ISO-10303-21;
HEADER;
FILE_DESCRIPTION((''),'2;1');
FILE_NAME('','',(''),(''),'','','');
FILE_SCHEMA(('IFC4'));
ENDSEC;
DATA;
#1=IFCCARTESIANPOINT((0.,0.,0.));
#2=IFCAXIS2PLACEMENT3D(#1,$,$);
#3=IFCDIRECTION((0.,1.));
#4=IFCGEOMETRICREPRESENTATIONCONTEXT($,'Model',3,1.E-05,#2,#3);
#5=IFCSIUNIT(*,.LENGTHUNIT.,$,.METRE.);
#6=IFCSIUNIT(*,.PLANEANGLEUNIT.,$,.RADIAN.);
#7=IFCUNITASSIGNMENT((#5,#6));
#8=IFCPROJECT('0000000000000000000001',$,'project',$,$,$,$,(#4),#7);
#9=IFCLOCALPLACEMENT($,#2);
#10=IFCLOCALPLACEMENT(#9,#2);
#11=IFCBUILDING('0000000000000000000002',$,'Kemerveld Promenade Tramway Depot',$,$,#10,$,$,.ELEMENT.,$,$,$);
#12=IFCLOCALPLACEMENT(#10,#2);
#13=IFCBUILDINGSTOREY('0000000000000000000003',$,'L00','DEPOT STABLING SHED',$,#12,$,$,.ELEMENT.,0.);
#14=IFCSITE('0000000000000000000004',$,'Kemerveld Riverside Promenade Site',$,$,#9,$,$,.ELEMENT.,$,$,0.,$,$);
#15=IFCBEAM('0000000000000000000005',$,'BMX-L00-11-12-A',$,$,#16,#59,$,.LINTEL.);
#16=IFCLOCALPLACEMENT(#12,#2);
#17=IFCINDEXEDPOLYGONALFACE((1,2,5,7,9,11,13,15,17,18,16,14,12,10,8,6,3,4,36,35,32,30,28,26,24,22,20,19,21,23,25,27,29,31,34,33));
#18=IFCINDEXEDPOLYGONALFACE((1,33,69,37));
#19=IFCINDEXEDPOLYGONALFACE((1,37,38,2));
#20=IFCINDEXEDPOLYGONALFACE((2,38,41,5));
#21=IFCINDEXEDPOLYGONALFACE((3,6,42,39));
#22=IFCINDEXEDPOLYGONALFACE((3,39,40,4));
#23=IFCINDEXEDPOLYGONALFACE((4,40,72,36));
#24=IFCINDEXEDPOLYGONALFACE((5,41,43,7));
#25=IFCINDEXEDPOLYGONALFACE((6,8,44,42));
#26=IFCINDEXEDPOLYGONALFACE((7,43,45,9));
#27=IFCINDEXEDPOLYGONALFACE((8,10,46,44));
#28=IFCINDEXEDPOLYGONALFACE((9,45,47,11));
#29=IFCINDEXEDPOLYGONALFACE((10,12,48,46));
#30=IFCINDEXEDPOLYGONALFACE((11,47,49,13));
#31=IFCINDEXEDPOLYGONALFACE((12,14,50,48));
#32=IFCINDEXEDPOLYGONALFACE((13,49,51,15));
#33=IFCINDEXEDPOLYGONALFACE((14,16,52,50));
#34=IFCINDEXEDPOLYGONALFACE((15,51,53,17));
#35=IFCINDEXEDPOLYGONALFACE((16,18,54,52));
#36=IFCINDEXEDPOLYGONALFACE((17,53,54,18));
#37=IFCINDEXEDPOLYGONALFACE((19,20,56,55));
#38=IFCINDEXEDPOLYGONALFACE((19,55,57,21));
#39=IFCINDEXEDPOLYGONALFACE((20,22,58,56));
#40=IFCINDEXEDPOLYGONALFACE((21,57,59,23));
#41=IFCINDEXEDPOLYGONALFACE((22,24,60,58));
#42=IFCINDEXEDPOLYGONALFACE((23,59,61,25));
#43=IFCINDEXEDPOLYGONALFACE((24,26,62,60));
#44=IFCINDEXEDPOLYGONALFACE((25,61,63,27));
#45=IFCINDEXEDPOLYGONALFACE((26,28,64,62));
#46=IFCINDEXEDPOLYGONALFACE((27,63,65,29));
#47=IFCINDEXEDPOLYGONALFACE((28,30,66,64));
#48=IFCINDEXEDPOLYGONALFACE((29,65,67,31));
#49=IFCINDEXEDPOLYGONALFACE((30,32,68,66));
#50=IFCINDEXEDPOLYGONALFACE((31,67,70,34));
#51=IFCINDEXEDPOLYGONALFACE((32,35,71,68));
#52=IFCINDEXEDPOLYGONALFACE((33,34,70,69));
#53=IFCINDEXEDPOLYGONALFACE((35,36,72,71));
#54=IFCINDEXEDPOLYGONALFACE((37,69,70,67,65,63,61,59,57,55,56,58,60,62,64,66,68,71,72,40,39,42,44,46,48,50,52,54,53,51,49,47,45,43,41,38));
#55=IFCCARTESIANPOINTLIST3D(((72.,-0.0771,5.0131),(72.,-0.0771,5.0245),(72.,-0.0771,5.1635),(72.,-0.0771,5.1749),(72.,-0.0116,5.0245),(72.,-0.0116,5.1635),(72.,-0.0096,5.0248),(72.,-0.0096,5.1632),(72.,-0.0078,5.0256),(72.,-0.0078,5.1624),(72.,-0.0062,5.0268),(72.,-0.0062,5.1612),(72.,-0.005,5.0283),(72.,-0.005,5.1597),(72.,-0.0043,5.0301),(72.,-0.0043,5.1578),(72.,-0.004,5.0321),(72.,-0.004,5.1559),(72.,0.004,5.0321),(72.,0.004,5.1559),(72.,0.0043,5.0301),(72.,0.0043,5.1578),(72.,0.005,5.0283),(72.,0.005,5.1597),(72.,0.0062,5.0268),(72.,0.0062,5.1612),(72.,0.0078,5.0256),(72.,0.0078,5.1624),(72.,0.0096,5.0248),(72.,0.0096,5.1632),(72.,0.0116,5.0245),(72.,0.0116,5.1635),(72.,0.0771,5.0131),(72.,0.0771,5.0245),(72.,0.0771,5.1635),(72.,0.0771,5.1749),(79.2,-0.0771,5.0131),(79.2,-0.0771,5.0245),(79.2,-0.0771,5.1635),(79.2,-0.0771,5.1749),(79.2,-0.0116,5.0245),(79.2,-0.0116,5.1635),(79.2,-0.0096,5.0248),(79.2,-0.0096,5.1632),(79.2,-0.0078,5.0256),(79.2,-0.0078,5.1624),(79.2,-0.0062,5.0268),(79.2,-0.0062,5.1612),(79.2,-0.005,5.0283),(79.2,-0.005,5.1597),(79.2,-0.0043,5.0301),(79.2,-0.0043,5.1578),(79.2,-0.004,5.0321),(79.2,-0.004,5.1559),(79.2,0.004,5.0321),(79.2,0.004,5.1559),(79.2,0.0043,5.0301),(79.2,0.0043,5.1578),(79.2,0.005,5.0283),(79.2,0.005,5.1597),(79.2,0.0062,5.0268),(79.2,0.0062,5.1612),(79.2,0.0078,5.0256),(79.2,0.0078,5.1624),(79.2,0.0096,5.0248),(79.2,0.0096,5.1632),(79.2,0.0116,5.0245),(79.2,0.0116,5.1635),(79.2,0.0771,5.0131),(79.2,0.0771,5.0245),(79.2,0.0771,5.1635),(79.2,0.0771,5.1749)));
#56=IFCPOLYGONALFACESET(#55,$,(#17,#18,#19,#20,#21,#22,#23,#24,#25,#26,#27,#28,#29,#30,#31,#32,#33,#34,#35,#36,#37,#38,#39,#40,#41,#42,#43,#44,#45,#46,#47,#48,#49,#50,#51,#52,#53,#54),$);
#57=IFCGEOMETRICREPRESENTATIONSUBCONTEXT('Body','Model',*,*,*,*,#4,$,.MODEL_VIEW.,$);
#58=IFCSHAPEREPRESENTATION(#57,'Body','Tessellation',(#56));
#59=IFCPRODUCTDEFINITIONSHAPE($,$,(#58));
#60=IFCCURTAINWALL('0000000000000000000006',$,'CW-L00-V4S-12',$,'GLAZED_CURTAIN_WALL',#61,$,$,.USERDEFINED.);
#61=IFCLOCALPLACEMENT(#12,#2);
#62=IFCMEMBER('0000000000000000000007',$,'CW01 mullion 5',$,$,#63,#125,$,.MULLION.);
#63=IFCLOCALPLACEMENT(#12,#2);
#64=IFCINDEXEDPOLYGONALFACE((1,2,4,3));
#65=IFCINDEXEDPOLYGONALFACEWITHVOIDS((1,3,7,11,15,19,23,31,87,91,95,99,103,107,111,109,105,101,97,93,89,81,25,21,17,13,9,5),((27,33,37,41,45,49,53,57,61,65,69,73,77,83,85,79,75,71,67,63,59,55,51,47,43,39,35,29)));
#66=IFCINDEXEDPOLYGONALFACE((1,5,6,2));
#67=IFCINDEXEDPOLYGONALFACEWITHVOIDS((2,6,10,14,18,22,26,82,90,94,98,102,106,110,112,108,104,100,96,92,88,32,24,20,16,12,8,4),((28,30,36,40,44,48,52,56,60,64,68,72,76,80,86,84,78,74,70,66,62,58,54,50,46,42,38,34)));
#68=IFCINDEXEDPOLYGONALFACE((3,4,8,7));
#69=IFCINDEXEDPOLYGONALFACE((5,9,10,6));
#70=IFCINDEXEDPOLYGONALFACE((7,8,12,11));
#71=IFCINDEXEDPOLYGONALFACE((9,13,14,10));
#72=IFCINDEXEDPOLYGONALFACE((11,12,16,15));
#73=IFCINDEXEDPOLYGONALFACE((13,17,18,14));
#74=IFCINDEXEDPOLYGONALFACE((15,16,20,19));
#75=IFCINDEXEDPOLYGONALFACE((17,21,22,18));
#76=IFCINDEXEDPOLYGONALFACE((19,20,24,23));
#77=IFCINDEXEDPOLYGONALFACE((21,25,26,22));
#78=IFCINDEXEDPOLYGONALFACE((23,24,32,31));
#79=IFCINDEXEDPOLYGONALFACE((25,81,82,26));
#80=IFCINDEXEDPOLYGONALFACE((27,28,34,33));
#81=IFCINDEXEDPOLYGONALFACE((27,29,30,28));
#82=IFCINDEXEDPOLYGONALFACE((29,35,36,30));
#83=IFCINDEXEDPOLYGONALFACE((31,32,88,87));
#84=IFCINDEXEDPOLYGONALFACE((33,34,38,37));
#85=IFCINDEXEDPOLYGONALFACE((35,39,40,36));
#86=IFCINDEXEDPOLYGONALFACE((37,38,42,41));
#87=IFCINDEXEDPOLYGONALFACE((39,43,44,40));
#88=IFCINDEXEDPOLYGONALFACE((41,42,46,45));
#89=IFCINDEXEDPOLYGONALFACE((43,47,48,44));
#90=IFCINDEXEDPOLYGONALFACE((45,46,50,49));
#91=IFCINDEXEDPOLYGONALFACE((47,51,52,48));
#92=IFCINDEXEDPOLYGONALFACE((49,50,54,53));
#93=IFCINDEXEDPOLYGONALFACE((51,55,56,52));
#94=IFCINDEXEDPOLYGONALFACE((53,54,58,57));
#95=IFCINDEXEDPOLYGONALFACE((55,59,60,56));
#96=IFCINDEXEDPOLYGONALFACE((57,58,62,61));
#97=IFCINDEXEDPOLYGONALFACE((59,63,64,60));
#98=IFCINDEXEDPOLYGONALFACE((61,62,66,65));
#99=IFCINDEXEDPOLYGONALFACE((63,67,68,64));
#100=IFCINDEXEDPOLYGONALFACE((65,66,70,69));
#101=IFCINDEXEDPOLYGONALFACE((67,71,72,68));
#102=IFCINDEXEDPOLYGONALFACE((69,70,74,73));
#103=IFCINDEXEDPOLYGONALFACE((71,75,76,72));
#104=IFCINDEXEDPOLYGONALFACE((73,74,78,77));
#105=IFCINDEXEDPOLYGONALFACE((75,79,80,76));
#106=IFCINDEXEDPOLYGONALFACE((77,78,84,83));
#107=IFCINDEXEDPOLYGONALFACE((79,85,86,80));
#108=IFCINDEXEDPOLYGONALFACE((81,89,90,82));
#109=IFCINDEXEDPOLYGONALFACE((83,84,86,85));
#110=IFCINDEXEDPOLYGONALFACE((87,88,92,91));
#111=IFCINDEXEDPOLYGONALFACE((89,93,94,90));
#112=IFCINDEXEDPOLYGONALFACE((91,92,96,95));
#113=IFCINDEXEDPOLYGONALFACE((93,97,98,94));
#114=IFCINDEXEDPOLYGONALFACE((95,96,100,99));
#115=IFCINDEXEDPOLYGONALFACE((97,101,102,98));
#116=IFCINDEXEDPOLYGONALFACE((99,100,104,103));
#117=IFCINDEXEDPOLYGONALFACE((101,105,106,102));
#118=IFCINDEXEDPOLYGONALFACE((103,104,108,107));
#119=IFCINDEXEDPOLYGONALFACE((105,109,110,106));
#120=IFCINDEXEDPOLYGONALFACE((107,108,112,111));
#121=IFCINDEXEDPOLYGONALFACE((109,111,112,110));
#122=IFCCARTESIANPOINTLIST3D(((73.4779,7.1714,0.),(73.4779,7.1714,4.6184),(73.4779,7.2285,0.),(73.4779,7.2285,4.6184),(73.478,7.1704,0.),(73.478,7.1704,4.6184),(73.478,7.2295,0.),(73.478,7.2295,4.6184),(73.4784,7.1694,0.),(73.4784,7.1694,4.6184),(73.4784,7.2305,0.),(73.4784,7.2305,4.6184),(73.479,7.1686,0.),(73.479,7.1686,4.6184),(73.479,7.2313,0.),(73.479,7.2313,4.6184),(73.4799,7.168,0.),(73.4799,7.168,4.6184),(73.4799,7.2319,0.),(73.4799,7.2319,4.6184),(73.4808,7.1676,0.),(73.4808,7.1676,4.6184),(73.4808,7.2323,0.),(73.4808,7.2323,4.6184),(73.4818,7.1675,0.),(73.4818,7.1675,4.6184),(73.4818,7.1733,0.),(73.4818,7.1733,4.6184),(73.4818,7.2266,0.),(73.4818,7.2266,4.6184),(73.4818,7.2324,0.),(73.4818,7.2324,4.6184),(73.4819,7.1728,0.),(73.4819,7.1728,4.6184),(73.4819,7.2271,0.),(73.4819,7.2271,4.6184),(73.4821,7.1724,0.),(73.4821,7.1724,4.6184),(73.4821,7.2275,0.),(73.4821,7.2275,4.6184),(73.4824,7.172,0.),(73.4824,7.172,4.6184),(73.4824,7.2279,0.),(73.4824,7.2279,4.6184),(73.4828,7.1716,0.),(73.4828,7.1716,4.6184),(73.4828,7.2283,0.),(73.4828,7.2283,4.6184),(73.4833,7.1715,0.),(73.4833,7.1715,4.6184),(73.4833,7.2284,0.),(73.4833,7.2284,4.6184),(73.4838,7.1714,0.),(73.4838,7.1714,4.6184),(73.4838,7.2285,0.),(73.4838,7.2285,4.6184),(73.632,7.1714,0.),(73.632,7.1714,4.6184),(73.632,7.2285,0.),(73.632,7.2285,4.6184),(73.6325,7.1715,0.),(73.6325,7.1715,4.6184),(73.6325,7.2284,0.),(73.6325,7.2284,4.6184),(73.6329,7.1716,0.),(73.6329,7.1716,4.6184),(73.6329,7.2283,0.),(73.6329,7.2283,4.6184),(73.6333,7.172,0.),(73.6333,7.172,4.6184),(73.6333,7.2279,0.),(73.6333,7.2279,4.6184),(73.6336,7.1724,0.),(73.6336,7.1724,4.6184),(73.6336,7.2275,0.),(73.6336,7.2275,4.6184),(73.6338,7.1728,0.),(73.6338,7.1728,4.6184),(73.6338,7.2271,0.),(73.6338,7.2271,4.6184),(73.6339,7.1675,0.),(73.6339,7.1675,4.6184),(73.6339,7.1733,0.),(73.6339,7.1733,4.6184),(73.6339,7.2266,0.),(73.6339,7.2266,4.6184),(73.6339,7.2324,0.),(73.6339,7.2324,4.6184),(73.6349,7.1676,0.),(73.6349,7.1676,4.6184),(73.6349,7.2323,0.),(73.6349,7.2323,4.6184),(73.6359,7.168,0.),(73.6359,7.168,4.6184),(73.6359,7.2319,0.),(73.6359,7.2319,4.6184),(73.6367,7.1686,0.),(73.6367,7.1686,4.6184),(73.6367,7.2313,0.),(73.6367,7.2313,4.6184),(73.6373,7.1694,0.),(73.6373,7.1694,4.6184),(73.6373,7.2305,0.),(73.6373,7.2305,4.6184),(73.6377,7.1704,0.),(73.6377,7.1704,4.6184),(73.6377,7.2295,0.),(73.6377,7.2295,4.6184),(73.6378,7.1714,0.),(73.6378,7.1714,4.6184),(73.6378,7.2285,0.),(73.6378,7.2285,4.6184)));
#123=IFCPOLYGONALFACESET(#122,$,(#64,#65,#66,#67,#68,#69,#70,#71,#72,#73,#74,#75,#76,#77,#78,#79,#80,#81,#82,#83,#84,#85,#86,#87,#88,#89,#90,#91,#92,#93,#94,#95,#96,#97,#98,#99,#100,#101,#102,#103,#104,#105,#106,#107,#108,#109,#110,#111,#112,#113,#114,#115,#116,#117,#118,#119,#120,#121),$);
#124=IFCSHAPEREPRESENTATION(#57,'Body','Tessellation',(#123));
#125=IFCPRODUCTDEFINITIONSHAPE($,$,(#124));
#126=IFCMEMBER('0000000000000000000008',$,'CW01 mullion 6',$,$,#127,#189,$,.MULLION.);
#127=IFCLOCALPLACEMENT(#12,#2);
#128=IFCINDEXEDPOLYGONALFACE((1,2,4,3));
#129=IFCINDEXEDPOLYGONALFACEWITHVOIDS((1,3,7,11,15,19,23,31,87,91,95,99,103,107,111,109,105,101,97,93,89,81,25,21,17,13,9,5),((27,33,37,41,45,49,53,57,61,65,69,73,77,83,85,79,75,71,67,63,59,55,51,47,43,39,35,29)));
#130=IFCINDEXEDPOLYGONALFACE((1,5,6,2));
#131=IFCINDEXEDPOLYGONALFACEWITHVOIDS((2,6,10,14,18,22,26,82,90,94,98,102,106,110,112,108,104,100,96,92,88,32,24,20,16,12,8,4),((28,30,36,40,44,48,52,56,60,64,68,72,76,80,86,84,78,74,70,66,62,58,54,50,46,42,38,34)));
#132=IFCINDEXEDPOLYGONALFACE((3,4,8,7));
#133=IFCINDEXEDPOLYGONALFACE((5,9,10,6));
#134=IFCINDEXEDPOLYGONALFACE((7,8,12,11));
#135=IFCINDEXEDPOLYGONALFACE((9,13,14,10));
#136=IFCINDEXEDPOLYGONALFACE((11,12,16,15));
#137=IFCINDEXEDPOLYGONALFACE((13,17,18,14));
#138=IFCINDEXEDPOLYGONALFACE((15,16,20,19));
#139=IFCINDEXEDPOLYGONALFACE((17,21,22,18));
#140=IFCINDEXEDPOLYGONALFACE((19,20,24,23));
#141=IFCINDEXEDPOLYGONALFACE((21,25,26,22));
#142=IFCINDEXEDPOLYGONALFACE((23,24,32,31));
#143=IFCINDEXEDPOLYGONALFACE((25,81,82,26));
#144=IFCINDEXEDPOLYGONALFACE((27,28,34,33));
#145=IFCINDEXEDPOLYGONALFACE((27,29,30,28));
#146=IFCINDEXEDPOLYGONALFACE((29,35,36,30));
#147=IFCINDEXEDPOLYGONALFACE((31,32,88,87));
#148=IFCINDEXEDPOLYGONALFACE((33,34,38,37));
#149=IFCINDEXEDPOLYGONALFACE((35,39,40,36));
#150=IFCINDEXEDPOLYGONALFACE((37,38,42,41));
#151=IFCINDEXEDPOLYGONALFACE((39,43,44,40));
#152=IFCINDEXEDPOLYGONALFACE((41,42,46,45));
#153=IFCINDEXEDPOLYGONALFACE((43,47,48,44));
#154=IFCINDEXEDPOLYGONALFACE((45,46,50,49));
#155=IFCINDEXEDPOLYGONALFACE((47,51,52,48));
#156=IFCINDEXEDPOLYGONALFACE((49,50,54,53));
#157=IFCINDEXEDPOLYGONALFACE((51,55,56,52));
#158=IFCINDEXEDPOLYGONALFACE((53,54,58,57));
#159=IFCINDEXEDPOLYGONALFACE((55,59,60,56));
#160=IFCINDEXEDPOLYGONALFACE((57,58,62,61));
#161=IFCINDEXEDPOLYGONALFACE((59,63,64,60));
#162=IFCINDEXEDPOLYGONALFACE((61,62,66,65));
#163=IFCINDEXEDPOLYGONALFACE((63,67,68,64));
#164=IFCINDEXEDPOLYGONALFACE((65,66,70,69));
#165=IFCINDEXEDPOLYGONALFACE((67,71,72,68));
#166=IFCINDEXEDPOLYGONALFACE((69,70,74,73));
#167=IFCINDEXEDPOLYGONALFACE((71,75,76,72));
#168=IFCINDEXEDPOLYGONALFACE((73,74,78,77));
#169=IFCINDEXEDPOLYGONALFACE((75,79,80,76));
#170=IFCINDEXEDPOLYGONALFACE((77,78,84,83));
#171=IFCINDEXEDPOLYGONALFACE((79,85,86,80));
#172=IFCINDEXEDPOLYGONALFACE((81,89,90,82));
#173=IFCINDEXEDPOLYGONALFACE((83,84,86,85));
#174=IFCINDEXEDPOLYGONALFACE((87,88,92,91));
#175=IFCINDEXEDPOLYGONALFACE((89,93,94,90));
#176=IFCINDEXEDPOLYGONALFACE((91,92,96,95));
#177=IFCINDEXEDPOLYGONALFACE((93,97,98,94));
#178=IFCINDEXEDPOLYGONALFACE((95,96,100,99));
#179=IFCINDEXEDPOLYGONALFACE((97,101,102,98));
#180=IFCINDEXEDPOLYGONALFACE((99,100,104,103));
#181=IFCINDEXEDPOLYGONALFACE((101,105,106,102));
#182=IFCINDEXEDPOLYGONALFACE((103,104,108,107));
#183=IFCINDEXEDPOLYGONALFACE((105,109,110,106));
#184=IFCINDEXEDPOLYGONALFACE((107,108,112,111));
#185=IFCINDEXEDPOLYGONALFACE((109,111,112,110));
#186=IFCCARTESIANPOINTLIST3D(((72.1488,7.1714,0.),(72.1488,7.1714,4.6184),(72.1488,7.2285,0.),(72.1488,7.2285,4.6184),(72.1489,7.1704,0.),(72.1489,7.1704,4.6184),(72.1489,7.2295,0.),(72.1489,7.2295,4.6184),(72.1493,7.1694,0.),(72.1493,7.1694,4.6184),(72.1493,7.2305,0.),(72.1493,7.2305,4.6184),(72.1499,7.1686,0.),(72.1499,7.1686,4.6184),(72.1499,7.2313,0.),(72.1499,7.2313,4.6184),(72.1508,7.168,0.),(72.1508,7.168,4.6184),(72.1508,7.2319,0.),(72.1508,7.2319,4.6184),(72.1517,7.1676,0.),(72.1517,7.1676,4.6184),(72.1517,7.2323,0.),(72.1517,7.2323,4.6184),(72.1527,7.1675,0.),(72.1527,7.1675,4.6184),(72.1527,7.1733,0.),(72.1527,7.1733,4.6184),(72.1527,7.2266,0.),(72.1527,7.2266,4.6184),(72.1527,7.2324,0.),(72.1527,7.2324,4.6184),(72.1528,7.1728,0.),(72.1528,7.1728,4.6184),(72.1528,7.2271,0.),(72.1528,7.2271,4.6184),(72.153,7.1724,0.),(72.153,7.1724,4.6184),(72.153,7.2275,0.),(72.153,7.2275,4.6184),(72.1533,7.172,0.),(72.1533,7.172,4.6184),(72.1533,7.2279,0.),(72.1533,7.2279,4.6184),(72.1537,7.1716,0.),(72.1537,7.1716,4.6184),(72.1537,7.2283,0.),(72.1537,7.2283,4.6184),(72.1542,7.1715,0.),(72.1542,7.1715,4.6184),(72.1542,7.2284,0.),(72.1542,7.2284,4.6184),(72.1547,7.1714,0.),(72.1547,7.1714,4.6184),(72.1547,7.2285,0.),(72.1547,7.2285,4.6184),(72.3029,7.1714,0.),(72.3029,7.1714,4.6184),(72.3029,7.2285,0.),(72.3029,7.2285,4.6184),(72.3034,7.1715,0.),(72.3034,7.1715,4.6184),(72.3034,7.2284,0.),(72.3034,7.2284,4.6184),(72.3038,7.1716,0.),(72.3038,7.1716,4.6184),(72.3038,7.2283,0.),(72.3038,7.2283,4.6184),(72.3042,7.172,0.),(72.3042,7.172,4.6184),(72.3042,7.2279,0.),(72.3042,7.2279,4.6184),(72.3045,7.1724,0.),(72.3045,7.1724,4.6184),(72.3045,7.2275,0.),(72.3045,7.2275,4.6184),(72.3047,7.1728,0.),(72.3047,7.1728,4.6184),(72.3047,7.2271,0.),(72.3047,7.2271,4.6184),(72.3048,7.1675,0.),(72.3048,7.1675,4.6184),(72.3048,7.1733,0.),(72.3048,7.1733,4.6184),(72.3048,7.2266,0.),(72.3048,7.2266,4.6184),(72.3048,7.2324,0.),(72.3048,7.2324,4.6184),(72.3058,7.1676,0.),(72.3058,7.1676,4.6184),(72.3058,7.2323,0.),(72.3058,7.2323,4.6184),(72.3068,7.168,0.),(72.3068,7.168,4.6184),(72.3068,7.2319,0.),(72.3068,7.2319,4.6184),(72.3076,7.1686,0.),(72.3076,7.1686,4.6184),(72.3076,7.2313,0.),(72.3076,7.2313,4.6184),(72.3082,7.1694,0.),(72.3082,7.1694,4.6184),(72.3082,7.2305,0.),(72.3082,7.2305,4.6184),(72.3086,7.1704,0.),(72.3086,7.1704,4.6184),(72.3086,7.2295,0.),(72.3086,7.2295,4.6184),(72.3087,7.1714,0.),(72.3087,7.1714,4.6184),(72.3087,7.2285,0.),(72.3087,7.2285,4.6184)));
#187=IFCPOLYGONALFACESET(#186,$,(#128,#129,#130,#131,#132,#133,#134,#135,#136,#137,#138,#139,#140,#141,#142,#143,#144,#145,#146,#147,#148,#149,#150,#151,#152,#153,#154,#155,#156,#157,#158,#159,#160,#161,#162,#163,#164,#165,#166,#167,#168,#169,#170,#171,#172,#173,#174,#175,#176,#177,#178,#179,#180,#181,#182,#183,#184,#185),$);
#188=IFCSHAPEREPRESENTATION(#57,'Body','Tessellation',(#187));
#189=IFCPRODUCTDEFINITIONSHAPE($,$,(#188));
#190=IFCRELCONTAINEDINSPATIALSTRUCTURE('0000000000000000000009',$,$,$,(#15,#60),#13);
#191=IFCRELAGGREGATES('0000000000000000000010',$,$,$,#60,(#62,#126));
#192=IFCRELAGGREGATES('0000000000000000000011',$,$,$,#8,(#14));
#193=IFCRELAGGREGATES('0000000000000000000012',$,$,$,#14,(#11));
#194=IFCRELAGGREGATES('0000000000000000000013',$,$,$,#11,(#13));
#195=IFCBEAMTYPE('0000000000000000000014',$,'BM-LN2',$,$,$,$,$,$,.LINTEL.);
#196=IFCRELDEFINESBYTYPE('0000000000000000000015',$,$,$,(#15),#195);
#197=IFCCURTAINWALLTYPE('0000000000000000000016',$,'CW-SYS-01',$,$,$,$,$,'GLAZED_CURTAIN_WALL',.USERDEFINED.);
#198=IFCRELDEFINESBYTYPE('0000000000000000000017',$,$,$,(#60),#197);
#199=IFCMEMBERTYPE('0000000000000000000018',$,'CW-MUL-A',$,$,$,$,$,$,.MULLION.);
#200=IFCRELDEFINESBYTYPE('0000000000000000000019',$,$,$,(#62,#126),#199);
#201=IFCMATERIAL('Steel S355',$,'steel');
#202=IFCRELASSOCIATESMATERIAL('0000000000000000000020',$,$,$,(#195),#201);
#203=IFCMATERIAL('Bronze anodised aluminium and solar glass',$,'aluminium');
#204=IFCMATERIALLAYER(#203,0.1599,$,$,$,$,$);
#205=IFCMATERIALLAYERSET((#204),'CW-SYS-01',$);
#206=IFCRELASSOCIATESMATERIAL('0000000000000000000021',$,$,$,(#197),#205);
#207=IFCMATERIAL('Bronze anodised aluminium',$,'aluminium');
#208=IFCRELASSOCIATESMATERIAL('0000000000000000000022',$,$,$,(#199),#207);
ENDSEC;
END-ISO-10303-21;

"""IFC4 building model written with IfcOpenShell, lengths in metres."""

from ifc_helpers import new_model, si_unit, direction, frame, origin, origin_2d, place, context, subcontext, project, spatial, hollow_rectangle, i_section, extrude, material, layer, layer_set, material_profile, profile_set, type_object, element, aggregate, save


model = new_model("IFC4")

# Units and contexts
model_context = context("Model", 3, precision=1e-05, world=origin(), true_north=direction((0.0, 1.0)))
body_context = subcontext(model_context, "Body", "Model", "MODEL_VIEW")
ifc_project = project(units=[si_unit("LENGTHUNIT", "METRE"), si_unit("PLANEANGLEUNIT", "RADIAN")], contexts=[model_context])

# Site, building, storey
site_placement = place(None, origin())
site = spatial("IfcSite", under=ifc_project, at=site_placement, Name="Kemerveld Riverside Promenade Site", CompositionType="ELEMENT", RefElevation=0.0)
building_placement = place(site_placement, origin())
building = spatial("IfcBuilding", under=site, at=building_placement, Name="Kemerveld Promenade Tramway Depot", CompositionType="ELEMENT")
storey_placement = place(building_placement, origin())
storey = spatial("IfcBuildingStorey", under=building, at=storey_placement, Name="L00", Description="DEPOT STABLING SHED", CompositionType="ELEMENT", Elevation=0.0)

# Shared definitions
ifc_material_1 = material(Name="Steel S355", Category="steel")

# Beam
ifc_material_profile_1 = material_profile(ifc_material_1, i_section(OverallWidth=0.1543, OverallDepth=0.1619, WebThickness=0.0081, FlangeThickness=0.0115, FilletRadius=0.0076, at=origin_2d()), Name="152x152x37 UC")
ifc_profile_set_1 = profile_set([ifc_material_profile_1], Name="Steel S355")
beam_type_1 = type_object("IfcBeamType", Name="BM-LN2", PredefinedType="LINTEL", material=ifc_profile_set_1)
beam_1_placement = place(storey_placement, frame((72.0, 0.0, 5.094), z_axis=(1.0, 0.0, 0.0), x_axis=(0.0, 1.0, 0.0)))
element("IfcBeam", 1, at=beam_1_placement, inside=storey, type_object=beam_type_1, Name="BMX-L00-11-12-A", PredefinedType="LINTEL", context=body_context, shape_type="SweptSolid", body=[
    extrude(i_section(OverallWidth=0.1543, OverallDepth=0.1619, WebThickness=0.0081, FlangeThickness=0.0115, FilletRadius=0.0076, at=origin_2d()), origin(), (0.0, 0.0, 1.0), 7.2),
])

# Curtain wall, members
ifc_material_2 = material(Name="Bronze anodised aluminium and solar glass", Category="aluminium")
ifc_layer_1 = layer(ifc_material_2, 0.1599)
ifc_layer_set_1 = layer_set([ifc_layer_1], Name="CW-SYS-01")
curtain_wall_type = type_object("IfcCurtainWallType", Name="CW-SYS-01", ElementType="GLAZED_CURTAIN_WALL", PredefinedType="USERDEFINED", material=ifc_layer_set_1)
curtain_wall_placement = place(storey_placement, origin())
curtain_wall = element("IfcCurtainWall", 2, at=curtain_wall_placement, inside=storey, type_object=curtain_wall_type, Name="CW-L00-V4S-12", ObjectType="GLAZED_CURTAIN_WALL", PredefinedType="USERDEFINED")
ifc_material_3 = material(Name="Bronze anodised aluminium", Category="aluminium")
ifc_material_profile_2 = material_profile(ifc_material_3, hollow_rectangle(XDim=0.0649, YDim=0.1599, WallThickness=0.0039, InnerFilletRadius=0.002, OuterFilletRadius=0.0039, at=origin_2d()), Name="CW-MUL-160x65")
ifc_profile_set_2 = profile_set([ifc_material_profile_2], Name="Bronze anodised aluminium")
member_type_1 = type_object("IfcMemberType", Name="CW-MUL-A", PredefinedType="MULLION", material=ifc_profile_set_2)
member_1_placement = place(storey_placement, frame((73.5579, 7.2, 0.0), z_axis=(0.0, 0.0, 1.0), x_axis=(0.0, -1.0, 0.0)))
member_1 = element("IfcMember", 3, at=member_1_placement, type_object=member_type_1, Name="CW01 mullion 5", PredefinedType="MULLION", context=body_context, shape_type="SweptSolid", body=[
    extrude(hollow_rectangle(XDim=0.0649, YDim=0.1599, WallThickness=0.0039, InnerFilletRadius=0.002, OuterFilletRadius=0.0039, at=origin_2d()), origin(), (0.0, 0.0, 1.0), 4.6184),
])
member_2_placement = place(storey_placement, frame((72.2288, 7.2, 0.0), z_axis=(0.0, 0.0, 1.0), x_axis=(0.0, -1.0, 0.0)))
member_2 = element("IfcMember", 4, at=member_2_placement, type_object=member_type_1, Name="CW01 mullion 6", PredefinedType="MULLION", context=body_context, shape_type="SweptSolid", body=[
    extrude(hollow_rectangle(XDim=0.0649, YDim=0.1599, WallThickness=0.0039, InnerFilletRadius=0.002, OuterFilletRadius=0.0039, at=origin_2d()), origin(), (0.0, 0.0, 1.0), 4.6184),
])
aggregate(curtain_wall, [member_1, member_2])

save(model, "model.ifc")
